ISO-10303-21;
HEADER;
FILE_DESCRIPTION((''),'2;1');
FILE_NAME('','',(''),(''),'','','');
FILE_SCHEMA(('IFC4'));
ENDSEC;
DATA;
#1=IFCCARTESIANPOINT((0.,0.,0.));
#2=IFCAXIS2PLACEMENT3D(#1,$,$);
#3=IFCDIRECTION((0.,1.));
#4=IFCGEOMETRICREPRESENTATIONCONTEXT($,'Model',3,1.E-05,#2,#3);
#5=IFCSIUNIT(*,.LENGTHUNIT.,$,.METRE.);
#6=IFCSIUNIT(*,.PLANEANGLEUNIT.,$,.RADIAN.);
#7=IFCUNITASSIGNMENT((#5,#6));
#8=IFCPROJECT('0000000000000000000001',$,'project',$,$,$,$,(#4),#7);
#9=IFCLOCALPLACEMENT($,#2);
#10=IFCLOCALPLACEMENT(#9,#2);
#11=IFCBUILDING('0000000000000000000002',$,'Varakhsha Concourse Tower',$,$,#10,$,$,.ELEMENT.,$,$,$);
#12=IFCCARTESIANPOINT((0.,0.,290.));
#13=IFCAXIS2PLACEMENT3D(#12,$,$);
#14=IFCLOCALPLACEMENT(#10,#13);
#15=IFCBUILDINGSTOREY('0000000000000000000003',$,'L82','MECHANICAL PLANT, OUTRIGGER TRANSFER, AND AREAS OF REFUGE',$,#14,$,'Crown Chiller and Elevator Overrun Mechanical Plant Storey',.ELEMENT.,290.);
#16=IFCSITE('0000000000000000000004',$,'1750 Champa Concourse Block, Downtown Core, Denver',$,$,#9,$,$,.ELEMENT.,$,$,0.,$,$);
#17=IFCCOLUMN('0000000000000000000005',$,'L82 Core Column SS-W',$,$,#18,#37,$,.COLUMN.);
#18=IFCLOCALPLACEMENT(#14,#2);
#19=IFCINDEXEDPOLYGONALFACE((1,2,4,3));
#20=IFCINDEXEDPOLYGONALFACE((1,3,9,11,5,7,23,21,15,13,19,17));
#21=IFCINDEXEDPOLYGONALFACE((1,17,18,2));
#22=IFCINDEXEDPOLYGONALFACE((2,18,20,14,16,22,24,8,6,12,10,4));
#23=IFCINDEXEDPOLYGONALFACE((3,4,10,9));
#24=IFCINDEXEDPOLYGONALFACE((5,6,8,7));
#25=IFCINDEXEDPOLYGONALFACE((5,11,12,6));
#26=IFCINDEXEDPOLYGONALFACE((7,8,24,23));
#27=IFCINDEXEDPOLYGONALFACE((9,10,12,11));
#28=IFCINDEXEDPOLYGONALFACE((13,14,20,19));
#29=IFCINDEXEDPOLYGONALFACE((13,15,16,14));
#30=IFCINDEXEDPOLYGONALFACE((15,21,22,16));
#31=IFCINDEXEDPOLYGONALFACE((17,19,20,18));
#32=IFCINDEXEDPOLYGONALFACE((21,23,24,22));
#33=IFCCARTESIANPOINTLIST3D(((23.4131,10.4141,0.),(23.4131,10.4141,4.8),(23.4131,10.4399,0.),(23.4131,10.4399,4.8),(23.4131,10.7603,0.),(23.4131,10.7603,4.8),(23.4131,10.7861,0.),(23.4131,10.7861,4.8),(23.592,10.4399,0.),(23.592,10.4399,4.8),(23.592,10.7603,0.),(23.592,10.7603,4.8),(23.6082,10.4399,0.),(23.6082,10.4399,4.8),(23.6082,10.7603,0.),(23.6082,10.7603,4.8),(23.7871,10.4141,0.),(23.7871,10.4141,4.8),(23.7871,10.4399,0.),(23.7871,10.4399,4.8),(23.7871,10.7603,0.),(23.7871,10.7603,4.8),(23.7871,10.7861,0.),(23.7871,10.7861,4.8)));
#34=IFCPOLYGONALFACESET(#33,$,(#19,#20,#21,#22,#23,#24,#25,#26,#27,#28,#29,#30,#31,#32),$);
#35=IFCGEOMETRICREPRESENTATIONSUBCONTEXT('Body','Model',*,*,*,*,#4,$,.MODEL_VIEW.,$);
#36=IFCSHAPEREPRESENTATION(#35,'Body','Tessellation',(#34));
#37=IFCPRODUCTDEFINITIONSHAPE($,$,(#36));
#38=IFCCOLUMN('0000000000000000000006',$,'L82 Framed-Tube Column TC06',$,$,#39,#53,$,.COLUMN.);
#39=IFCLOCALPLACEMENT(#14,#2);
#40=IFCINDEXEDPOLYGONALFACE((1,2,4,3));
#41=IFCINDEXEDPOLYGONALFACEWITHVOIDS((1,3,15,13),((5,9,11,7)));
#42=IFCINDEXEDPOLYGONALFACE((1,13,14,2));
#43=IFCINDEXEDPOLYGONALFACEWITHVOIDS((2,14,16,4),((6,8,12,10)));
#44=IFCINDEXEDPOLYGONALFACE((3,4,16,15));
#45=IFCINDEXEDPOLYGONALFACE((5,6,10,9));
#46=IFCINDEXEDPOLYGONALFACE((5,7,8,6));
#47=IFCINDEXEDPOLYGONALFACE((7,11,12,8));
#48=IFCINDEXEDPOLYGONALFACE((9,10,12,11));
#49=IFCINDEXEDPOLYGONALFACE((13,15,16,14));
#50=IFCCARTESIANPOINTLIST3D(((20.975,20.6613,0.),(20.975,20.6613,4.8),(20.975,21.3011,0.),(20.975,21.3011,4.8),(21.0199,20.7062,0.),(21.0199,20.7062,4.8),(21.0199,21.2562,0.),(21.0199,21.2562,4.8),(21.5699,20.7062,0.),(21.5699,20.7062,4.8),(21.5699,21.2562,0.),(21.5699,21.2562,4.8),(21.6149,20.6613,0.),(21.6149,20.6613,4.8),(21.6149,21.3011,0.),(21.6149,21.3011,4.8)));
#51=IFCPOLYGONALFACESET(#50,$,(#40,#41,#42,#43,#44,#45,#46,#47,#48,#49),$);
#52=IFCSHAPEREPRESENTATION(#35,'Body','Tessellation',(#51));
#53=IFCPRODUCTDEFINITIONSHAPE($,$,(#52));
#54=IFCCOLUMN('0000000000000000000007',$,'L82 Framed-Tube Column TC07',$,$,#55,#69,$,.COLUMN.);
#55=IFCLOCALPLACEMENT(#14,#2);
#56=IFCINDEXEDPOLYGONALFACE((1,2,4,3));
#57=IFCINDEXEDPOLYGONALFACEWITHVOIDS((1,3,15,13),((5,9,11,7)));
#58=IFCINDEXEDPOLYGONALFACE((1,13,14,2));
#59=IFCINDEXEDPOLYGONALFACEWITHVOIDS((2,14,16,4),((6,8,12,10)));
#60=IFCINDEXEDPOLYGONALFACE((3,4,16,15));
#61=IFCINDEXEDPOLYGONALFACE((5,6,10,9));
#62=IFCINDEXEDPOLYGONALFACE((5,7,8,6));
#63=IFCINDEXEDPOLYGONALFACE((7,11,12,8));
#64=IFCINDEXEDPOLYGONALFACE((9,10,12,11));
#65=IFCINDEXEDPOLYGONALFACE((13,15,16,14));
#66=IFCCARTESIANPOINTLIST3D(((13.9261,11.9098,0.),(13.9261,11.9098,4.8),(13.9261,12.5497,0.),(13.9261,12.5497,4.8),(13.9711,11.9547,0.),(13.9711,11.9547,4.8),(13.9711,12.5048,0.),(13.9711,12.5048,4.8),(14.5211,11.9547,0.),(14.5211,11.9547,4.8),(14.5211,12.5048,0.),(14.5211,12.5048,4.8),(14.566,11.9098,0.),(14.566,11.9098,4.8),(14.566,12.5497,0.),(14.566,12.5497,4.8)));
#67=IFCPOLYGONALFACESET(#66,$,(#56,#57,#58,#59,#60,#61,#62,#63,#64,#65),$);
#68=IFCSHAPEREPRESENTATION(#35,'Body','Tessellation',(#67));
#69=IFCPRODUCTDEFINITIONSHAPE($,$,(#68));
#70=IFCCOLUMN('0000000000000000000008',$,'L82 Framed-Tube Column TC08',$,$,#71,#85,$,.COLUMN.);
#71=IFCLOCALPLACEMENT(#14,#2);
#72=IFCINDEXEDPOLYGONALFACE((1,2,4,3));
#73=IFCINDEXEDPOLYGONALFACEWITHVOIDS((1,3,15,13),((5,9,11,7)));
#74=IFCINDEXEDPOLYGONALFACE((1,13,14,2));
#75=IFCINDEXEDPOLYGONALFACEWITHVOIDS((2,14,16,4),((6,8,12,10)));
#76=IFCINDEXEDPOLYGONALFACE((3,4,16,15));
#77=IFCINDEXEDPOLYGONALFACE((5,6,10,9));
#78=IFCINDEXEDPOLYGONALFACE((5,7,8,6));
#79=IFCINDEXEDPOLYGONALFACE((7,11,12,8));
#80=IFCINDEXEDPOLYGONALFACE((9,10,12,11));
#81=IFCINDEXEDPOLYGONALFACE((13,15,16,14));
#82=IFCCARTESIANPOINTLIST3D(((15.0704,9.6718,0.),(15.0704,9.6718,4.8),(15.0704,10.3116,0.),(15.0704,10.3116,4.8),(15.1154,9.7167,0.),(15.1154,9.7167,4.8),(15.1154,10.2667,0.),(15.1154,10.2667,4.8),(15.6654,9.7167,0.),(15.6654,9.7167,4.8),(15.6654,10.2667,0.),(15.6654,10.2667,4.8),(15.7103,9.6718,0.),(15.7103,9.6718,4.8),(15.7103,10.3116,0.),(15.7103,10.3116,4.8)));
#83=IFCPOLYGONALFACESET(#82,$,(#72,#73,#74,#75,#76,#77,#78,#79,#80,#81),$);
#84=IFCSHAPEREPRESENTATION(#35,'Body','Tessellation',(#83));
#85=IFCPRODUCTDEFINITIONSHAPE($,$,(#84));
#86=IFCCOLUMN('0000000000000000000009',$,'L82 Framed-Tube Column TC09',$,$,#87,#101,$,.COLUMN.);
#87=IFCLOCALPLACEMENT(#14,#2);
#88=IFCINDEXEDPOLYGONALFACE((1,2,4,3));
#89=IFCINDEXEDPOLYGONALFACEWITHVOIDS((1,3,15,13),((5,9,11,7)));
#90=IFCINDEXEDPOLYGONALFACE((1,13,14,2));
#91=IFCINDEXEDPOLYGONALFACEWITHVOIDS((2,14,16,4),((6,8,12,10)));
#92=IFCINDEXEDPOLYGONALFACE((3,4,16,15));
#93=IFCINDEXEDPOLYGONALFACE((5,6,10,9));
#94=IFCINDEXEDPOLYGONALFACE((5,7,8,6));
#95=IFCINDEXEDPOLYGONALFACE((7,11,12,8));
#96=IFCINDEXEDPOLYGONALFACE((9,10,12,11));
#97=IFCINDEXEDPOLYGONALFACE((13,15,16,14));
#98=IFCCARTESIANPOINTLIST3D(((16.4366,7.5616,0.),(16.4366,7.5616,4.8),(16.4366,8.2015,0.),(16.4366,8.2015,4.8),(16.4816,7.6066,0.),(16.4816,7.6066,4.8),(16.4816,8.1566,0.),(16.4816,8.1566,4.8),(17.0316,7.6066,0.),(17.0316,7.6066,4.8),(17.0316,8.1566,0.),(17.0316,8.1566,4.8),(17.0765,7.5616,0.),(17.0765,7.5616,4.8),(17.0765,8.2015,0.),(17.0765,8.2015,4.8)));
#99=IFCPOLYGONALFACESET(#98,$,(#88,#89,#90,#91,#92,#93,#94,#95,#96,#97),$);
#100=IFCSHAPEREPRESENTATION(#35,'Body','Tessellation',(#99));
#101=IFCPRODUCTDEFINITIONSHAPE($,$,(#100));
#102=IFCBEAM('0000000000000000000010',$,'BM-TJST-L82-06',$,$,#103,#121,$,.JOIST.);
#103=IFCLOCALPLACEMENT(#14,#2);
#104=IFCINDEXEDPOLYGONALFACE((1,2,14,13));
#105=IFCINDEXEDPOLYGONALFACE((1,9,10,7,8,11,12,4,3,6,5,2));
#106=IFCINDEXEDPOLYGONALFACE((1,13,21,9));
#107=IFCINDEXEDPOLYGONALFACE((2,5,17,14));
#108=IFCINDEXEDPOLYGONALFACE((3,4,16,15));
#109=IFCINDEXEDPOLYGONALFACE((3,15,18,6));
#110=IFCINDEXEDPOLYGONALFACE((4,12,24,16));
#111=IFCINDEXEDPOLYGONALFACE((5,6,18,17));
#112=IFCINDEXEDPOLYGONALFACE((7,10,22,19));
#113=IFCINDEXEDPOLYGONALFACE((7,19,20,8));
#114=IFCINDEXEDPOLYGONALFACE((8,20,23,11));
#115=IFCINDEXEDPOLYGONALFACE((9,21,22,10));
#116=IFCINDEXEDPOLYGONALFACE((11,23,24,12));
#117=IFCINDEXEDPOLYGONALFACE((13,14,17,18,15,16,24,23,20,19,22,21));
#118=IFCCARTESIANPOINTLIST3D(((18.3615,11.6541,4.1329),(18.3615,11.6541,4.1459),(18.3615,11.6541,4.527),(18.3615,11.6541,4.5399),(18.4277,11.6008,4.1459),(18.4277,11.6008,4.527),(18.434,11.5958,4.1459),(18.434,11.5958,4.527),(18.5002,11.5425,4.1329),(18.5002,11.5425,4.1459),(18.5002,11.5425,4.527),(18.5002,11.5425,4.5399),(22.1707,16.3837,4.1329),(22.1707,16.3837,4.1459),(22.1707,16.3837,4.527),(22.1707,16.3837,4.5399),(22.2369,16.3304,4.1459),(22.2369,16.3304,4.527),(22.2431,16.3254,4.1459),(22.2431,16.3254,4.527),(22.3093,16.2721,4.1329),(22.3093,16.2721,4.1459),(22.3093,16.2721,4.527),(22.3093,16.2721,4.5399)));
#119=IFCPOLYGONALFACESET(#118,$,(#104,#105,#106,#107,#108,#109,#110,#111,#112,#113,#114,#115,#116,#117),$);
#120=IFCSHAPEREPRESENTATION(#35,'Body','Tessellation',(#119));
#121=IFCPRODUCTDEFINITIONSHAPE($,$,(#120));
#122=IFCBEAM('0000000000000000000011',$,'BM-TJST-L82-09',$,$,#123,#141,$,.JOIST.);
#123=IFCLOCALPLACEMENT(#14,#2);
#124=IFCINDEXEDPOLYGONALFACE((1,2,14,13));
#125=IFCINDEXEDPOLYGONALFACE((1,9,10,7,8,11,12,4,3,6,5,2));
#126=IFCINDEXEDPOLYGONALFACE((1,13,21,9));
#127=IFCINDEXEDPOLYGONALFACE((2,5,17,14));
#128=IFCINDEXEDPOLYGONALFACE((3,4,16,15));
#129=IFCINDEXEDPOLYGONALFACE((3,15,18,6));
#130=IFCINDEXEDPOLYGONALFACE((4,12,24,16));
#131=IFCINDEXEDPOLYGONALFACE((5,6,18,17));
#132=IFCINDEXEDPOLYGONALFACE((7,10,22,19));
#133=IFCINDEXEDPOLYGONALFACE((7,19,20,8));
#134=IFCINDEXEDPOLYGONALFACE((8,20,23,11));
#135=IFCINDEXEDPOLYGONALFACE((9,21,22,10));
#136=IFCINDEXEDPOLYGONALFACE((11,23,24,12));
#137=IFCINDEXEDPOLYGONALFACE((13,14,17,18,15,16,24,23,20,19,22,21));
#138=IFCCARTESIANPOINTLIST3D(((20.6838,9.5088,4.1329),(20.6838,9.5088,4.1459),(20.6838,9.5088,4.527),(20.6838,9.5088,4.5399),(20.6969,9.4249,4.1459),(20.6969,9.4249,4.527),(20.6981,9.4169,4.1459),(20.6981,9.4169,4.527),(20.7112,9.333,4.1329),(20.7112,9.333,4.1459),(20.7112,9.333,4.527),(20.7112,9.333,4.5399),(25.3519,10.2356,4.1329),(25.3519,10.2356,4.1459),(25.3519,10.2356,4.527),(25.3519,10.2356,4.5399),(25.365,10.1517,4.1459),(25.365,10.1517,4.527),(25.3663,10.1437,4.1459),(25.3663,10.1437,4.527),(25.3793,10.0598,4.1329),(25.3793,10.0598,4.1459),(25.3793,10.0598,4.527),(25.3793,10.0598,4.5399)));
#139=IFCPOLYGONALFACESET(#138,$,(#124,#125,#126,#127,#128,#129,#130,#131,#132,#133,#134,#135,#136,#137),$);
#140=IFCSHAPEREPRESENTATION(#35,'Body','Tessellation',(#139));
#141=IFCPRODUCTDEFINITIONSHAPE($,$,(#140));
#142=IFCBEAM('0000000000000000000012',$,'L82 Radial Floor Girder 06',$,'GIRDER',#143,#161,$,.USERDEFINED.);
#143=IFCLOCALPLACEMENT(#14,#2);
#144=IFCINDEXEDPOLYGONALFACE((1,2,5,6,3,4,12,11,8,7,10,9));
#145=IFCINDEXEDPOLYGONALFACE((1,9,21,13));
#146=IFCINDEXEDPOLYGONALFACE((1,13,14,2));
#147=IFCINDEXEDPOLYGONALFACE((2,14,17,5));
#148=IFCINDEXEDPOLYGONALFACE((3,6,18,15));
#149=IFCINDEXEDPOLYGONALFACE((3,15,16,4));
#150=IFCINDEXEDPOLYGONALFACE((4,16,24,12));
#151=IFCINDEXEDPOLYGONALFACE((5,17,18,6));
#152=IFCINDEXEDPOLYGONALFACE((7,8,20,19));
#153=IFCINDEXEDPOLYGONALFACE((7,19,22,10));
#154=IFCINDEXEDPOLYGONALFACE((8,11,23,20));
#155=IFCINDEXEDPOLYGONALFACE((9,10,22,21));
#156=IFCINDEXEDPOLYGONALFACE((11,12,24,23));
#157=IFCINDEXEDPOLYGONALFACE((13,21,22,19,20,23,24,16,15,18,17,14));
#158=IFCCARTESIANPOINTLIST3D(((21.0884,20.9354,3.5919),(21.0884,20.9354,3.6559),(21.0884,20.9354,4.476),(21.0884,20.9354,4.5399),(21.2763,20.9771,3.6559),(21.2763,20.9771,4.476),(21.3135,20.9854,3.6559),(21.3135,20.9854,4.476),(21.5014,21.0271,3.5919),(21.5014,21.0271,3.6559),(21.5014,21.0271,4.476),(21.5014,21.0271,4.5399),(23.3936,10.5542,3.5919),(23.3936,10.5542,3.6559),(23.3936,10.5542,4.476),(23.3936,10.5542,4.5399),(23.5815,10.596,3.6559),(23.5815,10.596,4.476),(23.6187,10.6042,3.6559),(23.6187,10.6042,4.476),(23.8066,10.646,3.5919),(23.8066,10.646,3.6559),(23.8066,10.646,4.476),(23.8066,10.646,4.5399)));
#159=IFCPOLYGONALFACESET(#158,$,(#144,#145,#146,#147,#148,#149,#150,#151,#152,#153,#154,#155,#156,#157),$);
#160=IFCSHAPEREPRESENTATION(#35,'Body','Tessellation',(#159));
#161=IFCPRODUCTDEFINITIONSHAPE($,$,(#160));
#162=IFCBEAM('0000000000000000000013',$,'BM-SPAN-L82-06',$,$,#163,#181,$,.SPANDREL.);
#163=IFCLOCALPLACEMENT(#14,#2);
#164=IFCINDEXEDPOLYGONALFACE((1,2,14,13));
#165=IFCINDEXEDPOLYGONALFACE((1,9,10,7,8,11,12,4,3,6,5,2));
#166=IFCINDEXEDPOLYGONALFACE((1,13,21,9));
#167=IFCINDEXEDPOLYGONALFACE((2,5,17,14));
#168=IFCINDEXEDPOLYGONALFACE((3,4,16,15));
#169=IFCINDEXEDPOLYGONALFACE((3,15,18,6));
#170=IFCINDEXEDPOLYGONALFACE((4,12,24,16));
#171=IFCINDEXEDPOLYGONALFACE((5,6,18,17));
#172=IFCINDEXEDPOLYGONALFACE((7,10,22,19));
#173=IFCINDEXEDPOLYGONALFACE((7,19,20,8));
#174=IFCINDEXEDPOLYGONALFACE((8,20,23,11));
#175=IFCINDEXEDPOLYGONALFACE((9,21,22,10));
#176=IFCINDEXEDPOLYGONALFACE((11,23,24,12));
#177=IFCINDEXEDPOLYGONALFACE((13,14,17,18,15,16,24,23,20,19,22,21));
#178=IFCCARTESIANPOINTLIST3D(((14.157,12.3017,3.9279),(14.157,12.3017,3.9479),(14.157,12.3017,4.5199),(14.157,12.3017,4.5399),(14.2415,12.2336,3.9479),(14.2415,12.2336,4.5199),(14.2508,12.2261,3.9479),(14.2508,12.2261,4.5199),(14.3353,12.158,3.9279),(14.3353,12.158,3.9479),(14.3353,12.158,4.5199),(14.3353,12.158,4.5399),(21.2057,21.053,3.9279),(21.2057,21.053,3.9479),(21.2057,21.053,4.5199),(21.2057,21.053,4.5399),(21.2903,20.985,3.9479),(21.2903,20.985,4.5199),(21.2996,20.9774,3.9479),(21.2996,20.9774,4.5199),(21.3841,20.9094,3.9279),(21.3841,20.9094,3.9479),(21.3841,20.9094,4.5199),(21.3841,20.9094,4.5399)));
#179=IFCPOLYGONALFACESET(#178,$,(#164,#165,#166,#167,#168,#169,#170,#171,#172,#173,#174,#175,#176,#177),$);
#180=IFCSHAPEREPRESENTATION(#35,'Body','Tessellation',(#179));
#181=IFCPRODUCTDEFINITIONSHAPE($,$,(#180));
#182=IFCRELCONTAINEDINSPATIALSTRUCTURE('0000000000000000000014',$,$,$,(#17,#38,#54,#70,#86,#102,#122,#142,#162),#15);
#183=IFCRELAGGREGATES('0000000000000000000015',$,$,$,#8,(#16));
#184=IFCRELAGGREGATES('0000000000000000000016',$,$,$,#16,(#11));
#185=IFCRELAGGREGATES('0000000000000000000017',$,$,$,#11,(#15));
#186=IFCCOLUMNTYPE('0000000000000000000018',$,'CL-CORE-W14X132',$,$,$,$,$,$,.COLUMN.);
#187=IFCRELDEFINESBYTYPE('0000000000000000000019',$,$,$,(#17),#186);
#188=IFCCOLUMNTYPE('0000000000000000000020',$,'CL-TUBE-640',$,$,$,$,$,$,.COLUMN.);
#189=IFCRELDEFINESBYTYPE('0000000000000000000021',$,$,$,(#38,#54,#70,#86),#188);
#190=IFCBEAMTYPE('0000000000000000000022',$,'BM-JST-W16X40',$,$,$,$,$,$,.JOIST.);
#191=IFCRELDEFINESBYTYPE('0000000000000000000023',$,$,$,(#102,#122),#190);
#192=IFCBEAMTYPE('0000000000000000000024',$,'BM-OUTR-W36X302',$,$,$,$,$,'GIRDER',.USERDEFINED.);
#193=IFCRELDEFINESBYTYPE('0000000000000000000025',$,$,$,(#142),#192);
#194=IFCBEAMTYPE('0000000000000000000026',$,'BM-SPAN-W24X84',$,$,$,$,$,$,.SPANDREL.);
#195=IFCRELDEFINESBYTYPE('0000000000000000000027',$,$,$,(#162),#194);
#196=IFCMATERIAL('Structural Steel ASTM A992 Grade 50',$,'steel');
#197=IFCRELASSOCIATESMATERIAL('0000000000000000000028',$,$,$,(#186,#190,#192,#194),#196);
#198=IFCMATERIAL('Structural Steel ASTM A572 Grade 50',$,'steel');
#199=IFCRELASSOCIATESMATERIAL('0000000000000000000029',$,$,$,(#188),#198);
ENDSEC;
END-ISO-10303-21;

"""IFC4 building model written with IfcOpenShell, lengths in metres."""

from ifc_helpers import new_model, si_unit, direction, frame, origin, origin_2d, place, context, subcontext, project, spatial, hollow_rectangle, i_section, extrude, material, material_profile, profile_set, type_object, element, save


model = new_model("IFC4")

# Units and contexts
model_context = context("Model", 3, precision=1e-05, world=origin(), true_north=direction((0.0, 1.0)))
body_context = subcontext(model_context, "Body", "Model", "MODEL_VIEW")
ifc_project = project(units=[si_unit("LENGTHUNIT", "METRE"), si_unit("PLANEANGLEUNIT", "RADIAN")], contexts=[model_context])

# Site, building, storey
site_placement = place(None, origin())
site = spatial("IfcSite", under=ifc_project, at=site_placement, Name="1750 Champa Concourse Block, Downtown Core, Denver", CompositionType="ELEMENT", RefElevation=0.0)
building_placement = place(site_placement, origin())
building = spatial("IfcBuilding", under=site, at=building_placement, Name="Varakhsha Concourse Tower", CompositionType="ELEMENT")
storey_placement = place(building_placement, frame((0.0, 0.0, 290.0)))
storey = spatial("IfcBuildingStorey", under=building, at=storey_placement, Name="L82", Description="MECHANICAL PLANT, OUTRIGGER TRANSFER, AND AREAS OF REFUGE", LongName="Crown Chiller and Elevator Overrun Mechanical Plant Storey", CompositionType="ELEMENT", Elevation=290.0)

# Columns
ifc_material_1 = material(Name="Structural Steel ASTM A992 Grade 50", Category="steel")
ifc_material_profile_1 = material_profile(ifc_material_1, i_section(OverallWidth=0.374, OverallDepth=0.3721, WebThickness=0.0161, FlangeThickness=0.0259, at=origin_2d()), Name="W14X132")
ifc_profile_set_1 = profile_set([ifc_material_profile_1], Name="Structural Steel ASTM A992 Grade 50")
column_type_1 = type_object("IfcColumnType", Name="CL-CORE-W14X132", PredefinedType="COLUMN", material=ifc_profile_set_1)
column_placement = place(storey_placement, frame((23.6001, 10.6001, 0.0), z_axis=(0.0, 0.0, 1.0), x_axis=(1.0, 0.0, 0.0)))
element("IfcColumn", 1, at=column_placement, inside=storey, type_object=column_type_1, Name="L82 Core Column SS-W", PredefinedType="COLUMN", context=body_context, shape_type="SweptSolid", body=[
    extrude(i_section(OverallWidth=0.374, OverallDepth=0.3721, WebThickness=0.0161, FlangeThickness=0.0259, at=origin_2d()), origin(), (0.0, 0.0, 1.0), 4.8),
])
ifc_material_2 = material(Name="Structural Steel ASTM A572 Grade 50", Category="steel")
ifc_material_profile_2 = material_profile(ifc_material_2, hollow_rectangle(XDim=0.6399, YDim=0.6399, WallThickness=0.0449, at=origin_2d()), Name="BOX 640x640x45")
ifc_profile_set_2 = profile_set([ifc_material_profile_2], Name="Structural Steel ASTM A572 Grade 50")
column_type_2 = type_object("IfcColumnType", Name="CL-TUBE-640", PredefinedType="COLUMN", material=ifc_profile_set_2)
for number, where, z_axis, x_axis, name in (
    (2, (21.2949, 20.9812, 0.0), (0.0, 0.0, 1.0), (1.0, 0.0, 0.0), "L82 Framed-Tube Column TC06"),
    (3, (14.2461, 12.2297, 0.0), (0.0, 0.0, 1.0), (1.0, 0.0, 0.0), "L82 Framed-Tube Column TC07"),
    (4, (15.3904, 9.9917, 0.0), (0.0, 0.0, 1.0), (1.0, 0.0, 0.0), "L82 Framed-Tube Column TC08"),
    (5, (16.7566, 7.8816, 0.0), (0.0, 0.0, 1.0), (1.0, 0.0, 0.0), "L82 Framed-Tube Column TC09"),
):
    element("IfcColumn", number, at=place(storey_placement, frame(where, z_axis=z_axis, x_axis=x_axis)), inside=storey, type_object=column_type_2, Name=name, PredefinedType="COLUMN", context=body_context, shape_type="SweptSolid", body=[
        extrude(hollow_rectangle(XDim=0.6399, YDim=0.6399, WallThickness=0.0449, at=origin_2d()), origin(), (0.0, 0.0, 1.0), 4.8),
    ])

# Beams
ifc_material_profile_3 = material_profile(ifc_material_1, i_section(OverallWidth=0.178, OverallDepth=0.407, WebThickness=0.0081, FlangeThickness=0.0129, at=origin_2d()), Name="W16X40")
ifc_profile_set_3 = profile_set([ifc_material_profile_3], Name="Structural Steel ASTM A992 Grade 50")
beam_type_1 = type_object("IfcBeamType", Name="BM-JST-W16X40", PredefinedType="JOIST", material=ifc_profile_set_3)
beam_1_placement = place(storey_placement, frame((22.24, 16.3279, 4.3364), z_axis=(-0.627251, -0.778817, 0.0), x_axis=(0.778817, -0.627251, 0.0)))
element("IfcBeam", 6, at=beam_1_placement, inside=storey, type_object=beam_type_1, Name="BM-TJST-L82-06", PredefinedType="JOIST", context=body_context, shape_type="SweptSolid", body=[
    extrude(i_section(OverallWidth=0.178, OverallDepth=0.407, WebThickness=0.0081, FlangeThickness=0.0129, at=origin_2d()), origin(), (0.0, 0.0, 1.0), 6.0728),
])
beam_2_placement = place(storey_placement, frame((20.6975, 9.4209, 4.3364), z_axis=(0.988096, 0.153839, 0.0), x_axis=(-0.153839, 0.988096, 0.0)))
element("IfcBeam", 7, at=beam_2_placement, inside=storey, type_object=beam_type_1, Name="BM-TJST-L82-09", PredefinedType="JOIST", context=body_context, shape_type="SweptSolid", body=[
    extrude(i_section(OverallWidth=0.178, OverallDepth=0.407, WebThickness=0.0081, FlangeThickness=0.0129, at=origin_2d()), origin(), (0.0, 0.0, 1.0), 4.7244),
])
ifc_material_profile_4 = material_profile(ifc_material_1, i_section(OverallWidth=0.4231, OverallDepth=0.948, WebThickness=0.0381, FlangeThickness=0.064, at=origin_2d()), Name="W36X302")
ifc_profile_set_4 = profile_set([ifc_material_profile_4], Name="Structural Steel ASTM A992 Grade 50")
beam_type_2 = type_object("IfcBeamType", Name="BM-OUTR-W36X302", ElementType="GIRDER", PredefinedType="USERDEFINED", material=ifc_profile_set_4)
beam_3_placement = place(storey_placement, frame((23.6001, 10.6001, 4.0659), z_axis=(-0.216775, 0.976222, 0.0), x_axis=(-0.976222, -0.216775, 0.0)))
element("IfcBeam", 8, at=beam_3_placement, inside=storey, type_object=beam_type_2, Name="L82 Radial Floor Girder 06", ObjectType="GIRDER", PredefinedType="USERDEFINED", context=body_context, shape_type="SweptSolid", body=[
    extrude(i_section(OverallWidth=0.4231, OverallDepth=0.948, WebThickness=0.0381, FlangeThickness=0.064, at=origin_2d()), origin(), (0.0, 0.0, 1.0), 10.634),
])
ifc_material_profile_5 = material_profile(ifc_material_1, i_section(OverallWidth=0.229, OverallDepth=0.6121, WebThickness=0.012, FlangeThickness=0.02, at=origin_2d()), Name="W24X84")
ifc_profile_set_5 = profile_set([ifc_material_profile_5], Name="Structural Steel ASTM A992 Grade 50")
beam_type_3 = type_object("IfcBeamType", Name="BM-SPAN-W24X84", PredefinedType="SPANDREL", material=ifc_profile_set_5)
beam_4_placement = place(storey_placement, frame((21.2949, 20.9812, 4.2339), z_axis=(-0.627278, -0.778796, 0.0), x_axis=(0.778796, -0.627278, 0.0)))
element("IfcBeam", 9, at=beam_4_placement, inside=storey, type_object=beam_type_3, Name="BM-SPAN-L82-06", PredefinedType="SPANDREL", context=body_context, shape_type="SweptSolid", body=[
    extrude(i_section(OverallWidth=0.229, OverallDepth=0.6121, WebThickness=0.012, FlangeThickness=0.02, at=origin_2d()), origin(), (0.0, 0.0, 1.0), 11.2371),
])

save(model, "model.ifc")
